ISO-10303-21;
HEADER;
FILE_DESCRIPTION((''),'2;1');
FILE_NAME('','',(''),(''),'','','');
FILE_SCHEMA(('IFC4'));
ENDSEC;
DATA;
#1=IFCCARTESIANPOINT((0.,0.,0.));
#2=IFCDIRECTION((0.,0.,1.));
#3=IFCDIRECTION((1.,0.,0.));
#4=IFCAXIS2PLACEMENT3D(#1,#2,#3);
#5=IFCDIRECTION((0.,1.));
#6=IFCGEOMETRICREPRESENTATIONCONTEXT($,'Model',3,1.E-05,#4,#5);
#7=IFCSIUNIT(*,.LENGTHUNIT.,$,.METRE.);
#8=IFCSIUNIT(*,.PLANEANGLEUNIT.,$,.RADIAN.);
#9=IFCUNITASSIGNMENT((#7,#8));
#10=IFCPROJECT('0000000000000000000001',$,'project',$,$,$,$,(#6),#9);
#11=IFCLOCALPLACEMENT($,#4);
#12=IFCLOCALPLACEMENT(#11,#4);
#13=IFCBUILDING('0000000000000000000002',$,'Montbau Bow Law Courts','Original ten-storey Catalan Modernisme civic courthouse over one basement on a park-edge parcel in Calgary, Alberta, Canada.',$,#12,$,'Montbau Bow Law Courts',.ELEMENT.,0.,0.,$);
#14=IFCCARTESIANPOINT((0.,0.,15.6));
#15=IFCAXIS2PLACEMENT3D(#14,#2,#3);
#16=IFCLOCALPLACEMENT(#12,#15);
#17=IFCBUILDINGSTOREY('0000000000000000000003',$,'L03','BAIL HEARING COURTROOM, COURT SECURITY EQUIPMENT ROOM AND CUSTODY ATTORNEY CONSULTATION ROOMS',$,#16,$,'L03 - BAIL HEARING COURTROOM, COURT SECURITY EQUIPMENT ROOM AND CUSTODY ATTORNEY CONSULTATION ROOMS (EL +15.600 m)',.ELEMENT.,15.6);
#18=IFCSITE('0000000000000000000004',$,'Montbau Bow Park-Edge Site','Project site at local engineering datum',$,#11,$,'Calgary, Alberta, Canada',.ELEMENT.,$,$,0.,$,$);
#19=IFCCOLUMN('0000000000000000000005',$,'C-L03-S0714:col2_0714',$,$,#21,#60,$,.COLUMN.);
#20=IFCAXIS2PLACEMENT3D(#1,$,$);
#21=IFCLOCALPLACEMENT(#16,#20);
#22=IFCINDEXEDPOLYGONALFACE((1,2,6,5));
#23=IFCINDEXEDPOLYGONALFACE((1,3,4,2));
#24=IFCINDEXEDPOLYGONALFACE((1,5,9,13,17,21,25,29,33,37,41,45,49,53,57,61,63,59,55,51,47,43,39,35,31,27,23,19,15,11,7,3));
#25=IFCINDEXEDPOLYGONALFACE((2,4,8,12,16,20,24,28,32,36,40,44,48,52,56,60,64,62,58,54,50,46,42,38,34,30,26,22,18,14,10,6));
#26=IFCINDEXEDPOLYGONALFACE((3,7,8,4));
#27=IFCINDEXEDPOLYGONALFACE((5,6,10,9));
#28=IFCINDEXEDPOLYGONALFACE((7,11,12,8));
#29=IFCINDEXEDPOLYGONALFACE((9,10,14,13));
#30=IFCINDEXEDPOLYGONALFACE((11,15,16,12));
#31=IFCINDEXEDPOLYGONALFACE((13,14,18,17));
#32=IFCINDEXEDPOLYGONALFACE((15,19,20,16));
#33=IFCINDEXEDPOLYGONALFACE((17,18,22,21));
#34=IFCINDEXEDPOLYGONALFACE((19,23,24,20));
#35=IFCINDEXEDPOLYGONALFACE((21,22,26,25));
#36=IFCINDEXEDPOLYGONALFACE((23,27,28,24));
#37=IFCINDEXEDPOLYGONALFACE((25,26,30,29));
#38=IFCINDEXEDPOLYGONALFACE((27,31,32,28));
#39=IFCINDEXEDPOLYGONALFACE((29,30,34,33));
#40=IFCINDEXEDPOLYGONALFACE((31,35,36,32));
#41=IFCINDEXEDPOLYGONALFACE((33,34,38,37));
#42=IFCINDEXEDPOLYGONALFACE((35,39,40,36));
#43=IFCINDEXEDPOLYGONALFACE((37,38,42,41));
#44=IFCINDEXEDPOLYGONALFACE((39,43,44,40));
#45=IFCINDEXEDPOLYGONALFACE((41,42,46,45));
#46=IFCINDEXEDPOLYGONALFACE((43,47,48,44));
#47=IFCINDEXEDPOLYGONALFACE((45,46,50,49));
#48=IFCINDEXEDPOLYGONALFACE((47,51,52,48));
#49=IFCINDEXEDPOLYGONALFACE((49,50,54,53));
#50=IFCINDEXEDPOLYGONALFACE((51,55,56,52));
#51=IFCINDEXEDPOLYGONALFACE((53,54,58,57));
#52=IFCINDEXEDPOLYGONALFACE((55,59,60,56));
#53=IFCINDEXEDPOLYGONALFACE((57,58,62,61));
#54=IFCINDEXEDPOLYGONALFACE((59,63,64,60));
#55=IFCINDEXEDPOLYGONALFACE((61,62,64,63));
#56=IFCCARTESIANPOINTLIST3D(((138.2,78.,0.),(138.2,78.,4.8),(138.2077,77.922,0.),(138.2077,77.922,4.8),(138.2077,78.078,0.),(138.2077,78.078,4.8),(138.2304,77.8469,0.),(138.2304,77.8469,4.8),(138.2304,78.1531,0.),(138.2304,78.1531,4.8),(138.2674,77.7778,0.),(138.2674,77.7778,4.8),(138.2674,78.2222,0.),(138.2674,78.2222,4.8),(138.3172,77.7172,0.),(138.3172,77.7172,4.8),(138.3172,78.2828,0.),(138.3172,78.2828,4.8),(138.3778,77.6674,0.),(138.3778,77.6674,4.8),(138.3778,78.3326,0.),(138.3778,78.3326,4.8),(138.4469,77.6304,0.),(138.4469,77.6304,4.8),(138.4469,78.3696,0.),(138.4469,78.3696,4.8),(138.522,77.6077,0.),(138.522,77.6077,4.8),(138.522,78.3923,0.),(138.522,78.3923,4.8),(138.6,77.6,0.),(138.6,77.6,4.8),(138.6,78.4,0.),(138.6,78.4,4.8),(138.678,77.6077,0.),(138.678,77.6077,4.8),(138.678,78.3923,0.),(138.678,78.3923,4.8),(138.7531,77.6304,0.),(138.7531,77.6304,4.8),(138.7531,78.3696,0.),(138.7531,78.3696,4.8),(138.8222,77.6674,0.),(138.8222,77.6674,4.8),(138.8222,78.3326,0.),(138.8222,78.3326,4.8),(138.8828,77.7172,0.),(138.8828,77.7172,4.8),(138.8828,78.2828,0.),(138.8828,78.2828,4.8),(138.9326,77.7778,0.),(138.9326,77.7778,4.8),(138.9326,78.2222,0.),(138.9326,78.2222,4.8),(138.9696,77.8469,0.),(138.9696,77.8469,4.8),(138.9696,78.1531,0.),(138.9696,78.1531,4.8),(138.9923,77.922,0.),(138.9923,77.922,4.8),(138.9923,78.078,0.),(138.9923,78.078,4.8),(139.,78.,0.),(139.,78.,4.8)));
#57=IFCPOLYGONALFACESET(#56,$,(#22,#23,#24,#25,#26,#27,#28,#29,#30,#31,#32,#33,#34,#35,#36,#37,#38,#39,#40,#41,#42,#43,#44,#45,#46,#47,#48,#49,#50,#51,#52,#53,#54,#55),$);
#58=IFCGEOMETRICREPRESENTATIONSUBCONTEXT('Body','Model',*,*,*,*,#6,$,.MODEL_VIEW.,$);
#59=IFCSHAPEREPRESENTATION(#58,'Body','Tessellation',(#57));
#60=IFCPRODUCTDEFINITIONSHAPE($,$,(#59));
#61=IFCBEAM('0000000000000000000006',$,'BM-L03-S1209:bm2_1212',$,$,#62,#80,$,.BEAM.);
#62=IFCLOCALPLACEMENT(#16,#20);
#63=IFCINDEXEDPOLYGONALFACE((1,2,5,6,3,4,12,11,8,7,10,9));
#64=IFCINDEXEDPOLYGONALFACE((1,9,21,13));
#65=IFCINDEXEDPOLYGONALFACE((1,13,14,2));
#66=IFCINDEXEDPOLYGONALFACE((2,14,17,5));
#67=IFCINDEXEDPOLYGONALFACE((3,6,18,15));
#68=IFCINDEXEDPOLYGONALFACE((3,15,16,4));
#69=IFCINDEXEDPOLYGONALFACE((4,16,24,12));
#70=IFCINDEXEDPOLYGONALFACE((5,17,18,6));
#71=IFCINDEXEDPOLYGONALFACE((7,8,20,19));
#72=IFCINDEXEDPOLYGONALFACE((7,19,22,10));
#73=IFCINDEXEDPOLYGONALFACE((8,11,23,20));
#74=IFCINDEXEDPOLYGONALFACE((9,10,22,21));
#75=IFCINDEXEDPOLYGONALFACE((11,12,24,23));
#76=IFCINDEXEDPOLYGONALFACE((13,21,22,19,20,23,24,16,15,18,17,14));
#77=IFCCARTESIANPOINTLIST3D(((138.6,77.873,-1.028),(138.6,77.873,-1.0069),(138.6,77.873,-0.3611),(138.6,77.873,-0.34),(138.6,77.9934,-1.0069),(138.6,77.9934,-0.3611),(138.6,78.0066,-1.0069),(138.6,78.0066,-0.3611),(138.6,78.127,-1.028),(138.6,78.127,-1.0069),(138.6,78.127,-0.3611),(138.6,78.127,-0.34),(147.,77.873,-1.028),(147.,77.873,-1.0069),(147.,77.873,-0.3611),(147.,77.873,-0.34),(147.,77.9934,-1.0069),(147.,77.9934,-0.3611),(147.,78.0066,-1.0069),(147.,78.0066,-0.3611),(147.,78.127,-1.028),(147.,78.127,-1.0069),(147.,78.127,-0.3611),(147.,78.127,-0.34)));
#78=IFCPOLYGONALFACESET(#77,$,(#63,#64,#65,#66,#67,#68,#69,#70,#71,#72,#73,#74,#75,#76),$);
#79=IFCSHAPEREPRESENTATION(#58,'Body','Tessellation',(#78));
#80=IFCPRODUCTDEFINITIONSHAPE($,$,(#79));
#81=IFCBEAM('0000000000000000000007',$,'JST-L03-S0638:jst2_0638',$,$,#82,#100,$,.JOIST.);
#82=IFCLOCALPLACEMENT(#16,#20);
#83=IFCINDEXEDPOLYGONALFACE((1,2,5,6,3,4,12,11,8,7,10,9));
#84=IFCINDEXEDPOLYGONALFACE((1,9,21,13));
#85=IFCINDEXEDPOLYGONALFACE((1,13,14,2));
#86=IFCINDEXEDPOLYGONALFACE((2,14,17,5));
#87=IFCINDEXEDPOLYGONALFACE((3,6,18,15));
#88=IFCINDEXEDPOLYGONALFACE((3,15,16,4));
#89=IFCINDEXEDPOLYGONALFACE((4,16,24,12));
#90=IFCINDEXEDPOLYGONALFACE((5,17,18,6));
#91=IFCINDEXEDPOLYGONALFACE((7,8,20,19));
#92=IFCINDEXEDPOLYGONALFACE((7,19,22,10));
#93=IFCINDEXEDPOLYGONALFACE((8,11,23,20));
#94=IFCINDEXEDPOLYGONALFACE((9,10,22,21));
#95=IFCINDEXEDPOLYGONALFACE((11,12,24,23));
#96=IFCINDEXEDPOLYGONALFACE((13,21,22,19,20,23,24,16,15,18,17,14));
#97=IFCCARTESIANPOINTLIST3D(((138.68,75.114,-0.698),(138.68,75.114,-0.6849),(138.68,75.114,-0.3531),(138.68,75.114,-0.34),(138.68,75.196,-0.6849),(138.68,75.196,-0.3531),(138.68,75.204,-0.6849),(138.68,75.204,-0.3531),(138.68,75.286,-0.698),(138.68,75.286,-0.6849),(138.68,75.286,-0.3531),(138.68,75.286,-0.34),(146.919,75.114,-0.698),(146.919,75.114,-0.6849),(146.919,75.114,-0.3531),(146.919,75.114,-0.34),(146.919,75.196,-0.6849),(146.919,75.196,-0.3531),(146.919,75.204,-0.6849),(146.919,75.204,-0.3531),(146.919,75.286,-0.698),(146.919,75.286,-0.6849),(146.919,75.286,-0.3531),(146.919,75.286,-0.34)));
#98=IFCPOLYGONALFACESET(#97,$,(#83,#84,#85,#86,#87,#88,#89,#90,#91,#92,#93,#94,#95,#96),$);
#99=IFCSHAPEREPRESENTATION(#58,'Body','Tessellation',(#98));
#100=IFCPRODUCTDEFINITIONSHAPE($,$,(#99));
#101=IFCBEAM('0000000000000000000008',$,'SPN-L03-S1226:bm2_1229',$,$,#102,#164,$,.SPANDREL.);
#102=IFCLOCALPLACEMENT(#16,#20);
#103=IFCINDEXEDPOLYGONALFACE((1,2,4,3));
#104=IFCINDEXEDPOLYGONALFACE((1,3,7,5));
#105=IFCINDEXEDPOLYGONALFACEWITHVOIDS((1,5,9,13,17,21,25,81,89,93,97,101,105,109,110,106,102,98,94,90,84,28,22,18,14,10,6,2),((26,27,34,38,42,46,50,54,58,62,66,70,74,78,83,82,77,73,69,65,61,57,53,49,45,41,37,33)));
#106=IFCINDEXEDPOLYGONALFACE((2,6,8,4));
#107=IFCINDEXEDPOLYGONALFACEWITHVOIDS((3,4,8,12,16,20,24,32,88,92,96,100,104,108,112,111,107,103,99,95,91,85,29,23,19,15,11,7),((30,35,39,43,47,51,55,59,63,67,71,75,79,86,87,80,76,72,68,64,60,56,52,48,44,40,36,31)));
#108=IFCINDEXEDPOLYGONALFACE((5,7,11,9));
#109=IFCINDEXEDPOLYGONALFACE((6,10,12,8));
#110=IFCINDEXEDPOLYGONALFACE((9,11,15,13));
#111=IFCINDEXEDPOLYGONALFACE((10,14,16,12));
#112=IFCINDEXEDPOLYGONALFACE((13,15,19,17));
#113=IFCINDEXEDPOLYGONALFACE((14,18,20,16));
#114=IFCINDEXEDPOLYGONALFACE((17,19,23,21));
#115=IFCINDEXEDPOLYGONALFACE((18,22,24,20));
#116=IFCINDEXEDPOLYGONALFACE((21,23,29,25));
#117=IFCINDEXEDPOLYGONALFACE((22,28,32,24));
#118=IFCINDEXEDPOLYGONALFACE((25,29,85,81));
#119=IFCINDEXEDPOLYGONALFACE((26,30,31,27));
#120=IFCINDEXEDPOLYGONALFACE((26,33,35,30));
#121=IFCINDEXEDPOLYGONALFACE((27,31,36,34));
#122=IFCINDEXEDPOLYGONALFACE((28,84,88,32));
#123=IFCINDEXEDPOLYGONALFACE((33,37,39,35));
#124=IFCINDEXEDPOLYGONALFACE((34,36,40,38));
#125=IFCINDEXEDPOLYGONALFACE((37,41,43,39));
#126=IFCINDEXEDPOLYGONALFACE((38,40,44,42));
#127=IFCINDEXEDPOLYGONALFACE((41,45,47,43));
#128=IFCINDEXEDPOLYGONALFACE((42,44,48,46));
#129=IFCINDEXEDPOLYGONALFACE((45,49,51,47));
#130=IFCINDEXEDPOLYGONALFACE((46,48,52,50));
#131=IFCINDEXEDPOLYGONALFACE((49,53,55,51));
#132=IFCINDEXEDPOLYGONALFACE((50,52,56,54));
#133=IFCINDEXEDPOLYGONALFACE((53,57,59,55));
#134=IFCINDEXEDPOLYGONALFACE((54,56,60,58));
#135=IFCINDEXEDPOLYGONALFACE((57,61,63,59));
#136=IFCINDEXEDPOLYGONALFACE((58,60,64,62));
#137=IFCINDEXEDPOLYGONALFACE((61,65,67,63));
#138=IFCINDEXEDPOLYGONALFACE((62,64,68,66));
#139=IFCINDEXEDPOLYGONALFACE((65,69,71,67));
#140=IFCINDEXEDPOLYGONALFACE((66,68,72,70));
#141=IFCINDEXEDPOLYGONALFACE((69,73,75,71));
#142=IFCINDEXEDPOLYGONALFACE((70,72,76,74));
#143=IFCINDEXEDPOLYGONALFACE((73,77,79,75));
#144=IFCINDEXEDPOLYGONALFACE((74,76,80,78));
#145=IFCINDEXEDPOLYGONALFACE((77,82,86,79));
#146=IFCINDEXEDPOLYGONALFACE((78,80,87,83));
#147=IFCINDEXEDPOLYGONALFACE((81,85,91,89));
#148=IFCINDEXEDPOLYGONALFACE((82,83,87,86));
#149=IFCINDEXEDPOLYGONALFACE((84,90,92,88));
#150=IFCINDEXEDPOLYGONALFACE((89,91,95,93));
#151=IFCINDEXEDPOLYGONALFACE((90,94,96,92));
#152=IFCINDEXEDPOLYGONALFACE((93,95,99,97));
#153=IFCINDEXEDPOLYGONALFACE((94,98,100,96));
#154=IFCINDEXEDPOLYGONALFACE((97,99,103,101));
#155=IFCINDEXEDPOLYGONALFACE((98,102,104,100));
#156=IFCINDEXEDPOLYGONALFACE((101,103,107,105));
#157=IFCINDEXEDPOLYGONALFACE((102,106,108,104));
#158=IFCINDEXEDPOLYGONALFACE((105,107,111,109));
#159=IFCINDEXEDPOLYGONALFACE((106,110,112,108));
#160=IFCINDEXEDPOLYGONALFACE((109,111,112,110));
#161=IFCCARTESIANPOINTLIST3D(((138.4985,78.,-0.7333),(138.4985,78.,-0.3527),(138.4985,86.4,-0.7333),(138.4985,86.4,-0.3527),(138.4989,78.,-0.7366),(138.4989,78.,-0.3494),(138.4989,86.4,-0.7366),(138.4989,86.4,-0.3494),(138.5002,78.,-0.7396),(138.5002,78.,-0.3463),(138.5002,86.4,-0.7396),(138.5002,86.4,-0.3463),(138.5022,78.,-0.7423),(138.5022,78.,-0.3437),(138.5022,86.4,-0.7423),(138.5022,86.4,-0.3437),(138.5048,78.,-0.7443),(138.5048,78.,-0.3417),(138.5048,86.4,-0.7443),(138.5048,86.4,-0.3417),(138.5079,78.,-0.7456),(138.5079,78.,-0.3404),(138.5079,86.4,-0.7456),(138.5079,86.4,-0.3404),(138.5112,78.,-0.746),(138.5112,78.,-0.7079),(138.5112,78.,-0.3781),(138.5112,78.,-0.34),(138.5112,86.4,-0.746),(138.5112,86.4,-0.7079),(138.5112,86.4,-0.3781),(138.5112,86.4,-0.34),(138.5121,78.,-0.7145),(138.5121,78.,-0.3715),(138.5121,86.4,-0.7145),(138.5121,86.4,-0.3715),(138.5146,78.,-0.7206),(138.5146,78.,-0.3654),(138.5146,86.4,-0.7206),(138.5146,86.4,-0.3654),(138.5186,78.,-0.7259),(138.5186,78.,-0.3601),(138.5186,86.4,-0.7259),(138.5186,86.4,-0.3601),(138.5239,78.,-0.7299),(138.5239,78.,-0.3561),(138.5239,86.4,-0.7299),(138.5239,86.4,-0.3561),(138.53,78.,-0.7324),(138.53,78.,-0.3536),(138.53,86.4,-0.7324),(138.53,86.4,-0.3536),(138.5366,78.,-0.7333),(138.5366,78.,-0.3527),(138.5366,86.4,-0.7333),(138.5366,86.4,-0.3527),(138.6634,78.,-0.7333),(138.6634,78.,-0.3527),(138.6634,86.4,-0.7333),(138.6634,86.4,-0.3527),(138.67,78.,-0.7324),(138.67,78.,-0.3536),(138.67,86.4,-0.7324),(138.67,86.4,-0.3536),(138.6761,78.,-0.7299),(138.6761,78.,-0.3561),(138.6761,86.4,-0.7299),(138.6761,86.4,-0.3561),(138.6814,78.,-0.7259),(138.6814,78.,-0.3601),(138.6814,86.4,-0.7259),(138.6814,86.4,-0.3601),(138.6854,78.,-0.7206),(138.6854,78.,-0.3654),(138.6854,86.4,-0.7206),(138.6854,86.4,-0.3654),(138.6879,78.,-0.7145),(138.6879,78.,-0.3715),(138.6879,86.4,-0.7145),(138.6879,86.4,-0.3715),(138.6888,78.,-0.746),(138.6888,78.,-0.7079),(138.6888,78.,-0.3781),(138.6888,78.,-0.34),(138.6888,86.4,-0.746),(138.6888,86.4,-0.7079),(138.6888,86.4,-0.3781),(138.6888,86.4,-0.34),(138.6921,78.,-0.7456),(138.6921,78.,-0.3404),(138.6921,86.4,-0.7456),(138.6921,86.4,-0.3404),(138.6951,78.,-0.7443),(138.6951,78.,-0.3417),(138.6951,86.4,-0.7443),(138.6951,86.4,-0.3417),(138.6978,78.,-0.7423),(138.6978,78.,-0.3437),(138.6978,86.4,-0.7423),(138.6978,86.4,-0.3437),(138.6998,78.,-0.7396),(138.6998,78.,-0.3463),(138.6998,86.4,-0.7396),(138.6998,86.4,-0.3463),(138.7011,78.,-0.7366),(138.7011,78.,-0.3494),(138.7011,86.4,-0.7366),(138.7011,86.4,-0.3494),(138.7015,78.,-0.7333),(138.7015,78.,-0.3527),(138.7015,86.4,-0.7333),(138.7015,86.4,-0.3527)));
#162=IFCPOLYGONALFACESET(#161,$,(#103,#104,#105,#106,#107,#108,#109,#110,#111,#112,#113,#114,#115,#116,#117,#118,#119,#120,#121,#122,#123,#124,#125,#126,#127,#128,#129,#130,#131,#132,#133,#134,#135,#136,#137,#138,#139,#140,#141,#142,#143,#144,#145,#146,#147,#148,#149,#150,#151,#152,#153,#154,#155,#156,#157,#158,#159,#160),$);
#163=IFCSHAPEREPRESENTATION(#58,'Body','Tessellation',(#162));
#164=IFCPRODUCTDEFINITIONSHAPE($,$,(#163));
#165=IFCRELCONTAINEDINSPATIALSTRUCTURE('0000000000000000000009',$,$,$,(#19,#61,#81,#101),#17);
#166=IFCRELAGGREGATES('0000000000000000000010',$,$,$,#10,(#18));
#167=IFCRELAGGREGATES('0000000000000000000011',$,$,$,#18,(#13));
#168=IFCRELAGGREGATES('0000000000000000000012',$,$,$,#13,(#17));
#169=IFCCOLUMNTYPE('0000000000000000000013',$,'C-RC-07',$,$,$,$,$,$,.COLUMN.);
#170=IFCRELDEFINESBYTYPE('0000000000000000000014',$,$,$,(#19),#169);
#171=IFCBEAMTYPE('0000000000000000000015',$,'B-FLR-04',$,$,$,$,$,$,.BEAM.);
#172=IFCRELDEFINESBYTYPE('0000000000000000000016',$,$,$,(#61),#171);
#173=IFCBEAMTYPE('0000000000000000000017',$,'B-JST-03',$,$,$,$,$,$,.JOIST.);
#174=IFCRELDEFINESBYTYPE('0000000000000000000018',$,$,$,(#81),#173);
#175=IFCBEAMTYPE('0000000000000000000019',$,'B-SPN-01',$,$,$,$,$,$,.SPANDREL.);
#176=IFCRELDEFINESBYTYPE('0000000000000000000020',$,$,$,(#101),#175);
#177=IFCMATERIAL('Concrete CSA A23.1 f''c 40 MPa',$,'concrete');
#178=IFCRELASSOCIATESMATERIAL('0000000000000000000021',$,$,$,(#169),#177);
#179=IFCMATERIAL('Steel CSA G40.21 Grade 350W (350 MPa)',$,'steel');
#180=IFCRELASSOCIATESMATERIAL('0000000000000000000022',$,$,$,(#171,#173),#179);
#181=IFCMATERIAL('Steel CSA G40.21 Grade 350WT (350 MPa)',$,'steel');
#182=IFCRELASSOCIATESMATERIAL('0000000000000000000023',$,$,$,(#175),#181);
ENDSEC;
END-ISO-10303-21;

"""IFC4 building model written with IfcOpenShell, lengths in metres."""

from ifc_helpers import new_model, si_unit, direction, frame, origin_with_axes, origin_2d_with_axis, place, context, subcontext, project, spatial, hollow_rectangle, circle, i_section, extrude, material, material_profile, profile_set, type_object, element, save


model = new_model("IFC4")

# Units and contexts
model_context = context("Model", 3, precision=1e-05, world=origin_with_axes(), true_north=direction((0.0, 1.0)))
body_context = subcontext(model_context, "Body", "Model", "MODEL_VIEW")
ifc_project = project(units=[si_unit("LENGTHUNIT", "METRE"), si_unit("PLANEANGLEUNIT", "RADIAN")], contexts=[model_context])

# Site, building, storey
site_placement = place(None, origin_with_axes())
site = spatial("IfcSite", under=ifc_project, at=site_placement, Name="Montbau Bow Park-Edge Site", Description="Project site at local engineering datum", LongName="Calgary, Alberta, Canada", CompositionType="ELEMENT", RefElevation=0.0)
building_placement = place(site_placement, origin_with_axes())
building = spatial("IfcBuilding", under=site, at=building_placement, Name="Montbau Bow Law Courts", Description="Original ten-storey Catalan Modernisme civic courthouse over one basement on a park-edge parcel in Calgary, Alberta, Canada.", LongName="Montbau Bow Law Courts", CompositionType="ELEMENT", ElevationOfRefHeight=0.0, ElevationOfTerrain=0.0)
storey_placement = place(building_placement, frame((0.0, 0.0, 15.6), z_axis=(0.0, 0.0, 1.0), x_axis=(1.0, 0.0, 0.0)))
storey = spatial("IfcBuildingStorey", under=building, at=storey_placement, Name="L03", Description="BAIL HEARING COURTROOM, COURT SECURITY EQUIPMENT ROOM AND CUSTODY ATTORNEY CONSULTATION ROOMS", LongName="L03 - BAIL HEARING COURTROOM, COURT SECURITY EQUIPMENT ROOM AND CUSTODY ATTORNEY CONSULTATION ROOMS (EL +15.600 m)", CompositionType="ELEMENT", Elevation=15.6)

# Column
ifc_material_1 = material(Name="Concrete CSA A23.1 f'c 40 MPa", Category="concrete")
ifc_material_profile_1 = material_profile(ifc_material_1, circle(Radius=0.4, at=origin_2d_with_axis()), Name="RC800D", Category="Main", Priority=0)
ifc_profile_set_1 = profile_set([ifc_material_profile_1], Name="Concrete CSA A23.1 f'c 40 MPa")
column_type = type_object("IfcColumnType", Name="C-RC-07", PredefinedType="COLUMN", material=ifc_profile_set_1)
column_placement = place(None, frame((138.6, 78.0, 15.6), z_axis=(0.0, 0.0, 1.0), x_axis=(1.0, 0.0, 0.0)))
element("IfcColumn", 1, at=column_placement, inside=storey, type_object=column_type, Name="C-L03-S0714:col2_0714", PredefinedType="COLUMN", context=body_context, shape_type="SweptSolid", body=[
    extrude(circle(Radius=0.4, at=origin_2d_with_axis()), origin_with_axes(), (0.0, 0.0, 1.0), 4.8),
])

# Beams
ifc_material_2 = material(Name="Steel CSA G40.21 Grade 350W (350 MPa)", Category="steel")
ifc_material_profile_2 = material_profile(ifc_material_2, i_section(OverallWidth=0.254, OverallDepth=0.688, WebThickness=0.0131, FlangeThickness=0.0211, at=origin_2d_with_axis()), Name="W690X152", Category="Main", Priority=0)
ifc_profile_set_2 = profile_set([ifc_material_profile_2], Name="Steel CSA G40.21 Grade 350W (350 MPa)")
beam_type_1 = type_object("IfcBeamType", Name="B-FLR-04", PredefinedType="BEAM", material=ifc_profile_set_2)
beam_1_placement = place(None, frame((138.6, 78.0, 14.916), z_axis=(1.0, 0.0, 0.0), x_axis=(0.0, 1.0, 0.0)))
element("IfcBeam", 2, at=beam_1_placement, inside=storey, type_object=beam_type_1, Name="BM-L03-S1209:bm2_1212", PredefinedType="BEAM", context=body_context, shape_type="SweptSolid", body=[
    extrude(i_section(OverallWidth=0.254, OverallDepth=0.688, WebThickness=0.0131, FlangeThickness=0.0211, at=origin_2d_with_axis()), origin_with_axes(), (0.0, 0.0, 1.0), 8.4),
])
ifc_material_profile_3 = material_profile(ifc_material_2, i_section(OverallWidth=0.172, OverallDepth=0.358, WebThickness=0.0079, FlangeThickness=0.0131, at=origin_2d_with_axis()), Name="W360X57", Category="Main", Priority=0)
ifc_profile_set_3 = profile_set([ifc_material_profile_3], Name="Steel CSA G40.21 Grade 350W (350 MPa)")
beam_type_2 = type_object("IfcBeamType", Name="B-JST-03", PredefinedType="JOIST", material=ifc_profile_set_3)
beam_2_placement = place(None, frame((138.68, 75.2, 15.081), z_axis=(1.0, 0.0, 0.0), x_axis=(0.0, 1.0, 0.0)))
element("IfcBeam", 3, at=beam_2_placement, inside=storey, type_object=beam_type_2, Name="JST-L03-S0638:jst2_0638", PredefinedType="JOIST", context=body_context, shape_type="SweptSolid", body=[
    extrude(i_section(OverallWidth=0.172, OverallDepth=0.358, WebThickness=0.0079, FlangeThickness=0.0131, at=origin_2d_with_axis()), origin_with_axes(), (0.0, 0.0, 1.0), 8.239),
])
ifc_material_3 = material(Name="Steel CSA G40.21 Grade 350WT (350 MPa)", Category="steel")
ifc_material_profile_4 = material_profile(ifc_material_3, hollow_rectangle(XDim=0.203, YDim=0.406, WallThickness=0.0127, InnerFilletRadius=0.0254, OuterFilletRadius=0.0127, at=origin_2d_with_axis()), Name="HSS406X203X13", Category="Main", Priority=0)
ifc_profile_set_4 = profile_set([ifc_material_profile_4], Name="Steel CSA G40.21 Grade 350WT (350 MPa)")
beam_type_3 = type_object("IfcBeamType", Name="B-SPN-01", PredefinedType="SPANDREL", material=ifc_profile_set_4)
beam_3_placement = place(None, frame((138.6, 78.0, 15.057), z_axis=(0.0, 1.0, 0.0), x_axis=(-1.0, 0.0, 0.0)))
element("IfcBeam", 4, at=beam_3_placement, inside=storey, type_object=beam_type_3, Name="SPN-L03-S1226:bm2_1229", PredefinedType="SPANDREL", context=body_context, shape_type="SweptSolid", body=[
    extrude(hollow_rectangle(XDim=0.203, YDim=0.406, WallThickness=0.0127, InnerFilletRadius=0.0254, OuterFilletRadius=0.0127, at=origin_2d_with_axis()), origin_with_axes(), (0.0, 0.0, 1.0), 8.4),
])

save(model, "model.ifc")
